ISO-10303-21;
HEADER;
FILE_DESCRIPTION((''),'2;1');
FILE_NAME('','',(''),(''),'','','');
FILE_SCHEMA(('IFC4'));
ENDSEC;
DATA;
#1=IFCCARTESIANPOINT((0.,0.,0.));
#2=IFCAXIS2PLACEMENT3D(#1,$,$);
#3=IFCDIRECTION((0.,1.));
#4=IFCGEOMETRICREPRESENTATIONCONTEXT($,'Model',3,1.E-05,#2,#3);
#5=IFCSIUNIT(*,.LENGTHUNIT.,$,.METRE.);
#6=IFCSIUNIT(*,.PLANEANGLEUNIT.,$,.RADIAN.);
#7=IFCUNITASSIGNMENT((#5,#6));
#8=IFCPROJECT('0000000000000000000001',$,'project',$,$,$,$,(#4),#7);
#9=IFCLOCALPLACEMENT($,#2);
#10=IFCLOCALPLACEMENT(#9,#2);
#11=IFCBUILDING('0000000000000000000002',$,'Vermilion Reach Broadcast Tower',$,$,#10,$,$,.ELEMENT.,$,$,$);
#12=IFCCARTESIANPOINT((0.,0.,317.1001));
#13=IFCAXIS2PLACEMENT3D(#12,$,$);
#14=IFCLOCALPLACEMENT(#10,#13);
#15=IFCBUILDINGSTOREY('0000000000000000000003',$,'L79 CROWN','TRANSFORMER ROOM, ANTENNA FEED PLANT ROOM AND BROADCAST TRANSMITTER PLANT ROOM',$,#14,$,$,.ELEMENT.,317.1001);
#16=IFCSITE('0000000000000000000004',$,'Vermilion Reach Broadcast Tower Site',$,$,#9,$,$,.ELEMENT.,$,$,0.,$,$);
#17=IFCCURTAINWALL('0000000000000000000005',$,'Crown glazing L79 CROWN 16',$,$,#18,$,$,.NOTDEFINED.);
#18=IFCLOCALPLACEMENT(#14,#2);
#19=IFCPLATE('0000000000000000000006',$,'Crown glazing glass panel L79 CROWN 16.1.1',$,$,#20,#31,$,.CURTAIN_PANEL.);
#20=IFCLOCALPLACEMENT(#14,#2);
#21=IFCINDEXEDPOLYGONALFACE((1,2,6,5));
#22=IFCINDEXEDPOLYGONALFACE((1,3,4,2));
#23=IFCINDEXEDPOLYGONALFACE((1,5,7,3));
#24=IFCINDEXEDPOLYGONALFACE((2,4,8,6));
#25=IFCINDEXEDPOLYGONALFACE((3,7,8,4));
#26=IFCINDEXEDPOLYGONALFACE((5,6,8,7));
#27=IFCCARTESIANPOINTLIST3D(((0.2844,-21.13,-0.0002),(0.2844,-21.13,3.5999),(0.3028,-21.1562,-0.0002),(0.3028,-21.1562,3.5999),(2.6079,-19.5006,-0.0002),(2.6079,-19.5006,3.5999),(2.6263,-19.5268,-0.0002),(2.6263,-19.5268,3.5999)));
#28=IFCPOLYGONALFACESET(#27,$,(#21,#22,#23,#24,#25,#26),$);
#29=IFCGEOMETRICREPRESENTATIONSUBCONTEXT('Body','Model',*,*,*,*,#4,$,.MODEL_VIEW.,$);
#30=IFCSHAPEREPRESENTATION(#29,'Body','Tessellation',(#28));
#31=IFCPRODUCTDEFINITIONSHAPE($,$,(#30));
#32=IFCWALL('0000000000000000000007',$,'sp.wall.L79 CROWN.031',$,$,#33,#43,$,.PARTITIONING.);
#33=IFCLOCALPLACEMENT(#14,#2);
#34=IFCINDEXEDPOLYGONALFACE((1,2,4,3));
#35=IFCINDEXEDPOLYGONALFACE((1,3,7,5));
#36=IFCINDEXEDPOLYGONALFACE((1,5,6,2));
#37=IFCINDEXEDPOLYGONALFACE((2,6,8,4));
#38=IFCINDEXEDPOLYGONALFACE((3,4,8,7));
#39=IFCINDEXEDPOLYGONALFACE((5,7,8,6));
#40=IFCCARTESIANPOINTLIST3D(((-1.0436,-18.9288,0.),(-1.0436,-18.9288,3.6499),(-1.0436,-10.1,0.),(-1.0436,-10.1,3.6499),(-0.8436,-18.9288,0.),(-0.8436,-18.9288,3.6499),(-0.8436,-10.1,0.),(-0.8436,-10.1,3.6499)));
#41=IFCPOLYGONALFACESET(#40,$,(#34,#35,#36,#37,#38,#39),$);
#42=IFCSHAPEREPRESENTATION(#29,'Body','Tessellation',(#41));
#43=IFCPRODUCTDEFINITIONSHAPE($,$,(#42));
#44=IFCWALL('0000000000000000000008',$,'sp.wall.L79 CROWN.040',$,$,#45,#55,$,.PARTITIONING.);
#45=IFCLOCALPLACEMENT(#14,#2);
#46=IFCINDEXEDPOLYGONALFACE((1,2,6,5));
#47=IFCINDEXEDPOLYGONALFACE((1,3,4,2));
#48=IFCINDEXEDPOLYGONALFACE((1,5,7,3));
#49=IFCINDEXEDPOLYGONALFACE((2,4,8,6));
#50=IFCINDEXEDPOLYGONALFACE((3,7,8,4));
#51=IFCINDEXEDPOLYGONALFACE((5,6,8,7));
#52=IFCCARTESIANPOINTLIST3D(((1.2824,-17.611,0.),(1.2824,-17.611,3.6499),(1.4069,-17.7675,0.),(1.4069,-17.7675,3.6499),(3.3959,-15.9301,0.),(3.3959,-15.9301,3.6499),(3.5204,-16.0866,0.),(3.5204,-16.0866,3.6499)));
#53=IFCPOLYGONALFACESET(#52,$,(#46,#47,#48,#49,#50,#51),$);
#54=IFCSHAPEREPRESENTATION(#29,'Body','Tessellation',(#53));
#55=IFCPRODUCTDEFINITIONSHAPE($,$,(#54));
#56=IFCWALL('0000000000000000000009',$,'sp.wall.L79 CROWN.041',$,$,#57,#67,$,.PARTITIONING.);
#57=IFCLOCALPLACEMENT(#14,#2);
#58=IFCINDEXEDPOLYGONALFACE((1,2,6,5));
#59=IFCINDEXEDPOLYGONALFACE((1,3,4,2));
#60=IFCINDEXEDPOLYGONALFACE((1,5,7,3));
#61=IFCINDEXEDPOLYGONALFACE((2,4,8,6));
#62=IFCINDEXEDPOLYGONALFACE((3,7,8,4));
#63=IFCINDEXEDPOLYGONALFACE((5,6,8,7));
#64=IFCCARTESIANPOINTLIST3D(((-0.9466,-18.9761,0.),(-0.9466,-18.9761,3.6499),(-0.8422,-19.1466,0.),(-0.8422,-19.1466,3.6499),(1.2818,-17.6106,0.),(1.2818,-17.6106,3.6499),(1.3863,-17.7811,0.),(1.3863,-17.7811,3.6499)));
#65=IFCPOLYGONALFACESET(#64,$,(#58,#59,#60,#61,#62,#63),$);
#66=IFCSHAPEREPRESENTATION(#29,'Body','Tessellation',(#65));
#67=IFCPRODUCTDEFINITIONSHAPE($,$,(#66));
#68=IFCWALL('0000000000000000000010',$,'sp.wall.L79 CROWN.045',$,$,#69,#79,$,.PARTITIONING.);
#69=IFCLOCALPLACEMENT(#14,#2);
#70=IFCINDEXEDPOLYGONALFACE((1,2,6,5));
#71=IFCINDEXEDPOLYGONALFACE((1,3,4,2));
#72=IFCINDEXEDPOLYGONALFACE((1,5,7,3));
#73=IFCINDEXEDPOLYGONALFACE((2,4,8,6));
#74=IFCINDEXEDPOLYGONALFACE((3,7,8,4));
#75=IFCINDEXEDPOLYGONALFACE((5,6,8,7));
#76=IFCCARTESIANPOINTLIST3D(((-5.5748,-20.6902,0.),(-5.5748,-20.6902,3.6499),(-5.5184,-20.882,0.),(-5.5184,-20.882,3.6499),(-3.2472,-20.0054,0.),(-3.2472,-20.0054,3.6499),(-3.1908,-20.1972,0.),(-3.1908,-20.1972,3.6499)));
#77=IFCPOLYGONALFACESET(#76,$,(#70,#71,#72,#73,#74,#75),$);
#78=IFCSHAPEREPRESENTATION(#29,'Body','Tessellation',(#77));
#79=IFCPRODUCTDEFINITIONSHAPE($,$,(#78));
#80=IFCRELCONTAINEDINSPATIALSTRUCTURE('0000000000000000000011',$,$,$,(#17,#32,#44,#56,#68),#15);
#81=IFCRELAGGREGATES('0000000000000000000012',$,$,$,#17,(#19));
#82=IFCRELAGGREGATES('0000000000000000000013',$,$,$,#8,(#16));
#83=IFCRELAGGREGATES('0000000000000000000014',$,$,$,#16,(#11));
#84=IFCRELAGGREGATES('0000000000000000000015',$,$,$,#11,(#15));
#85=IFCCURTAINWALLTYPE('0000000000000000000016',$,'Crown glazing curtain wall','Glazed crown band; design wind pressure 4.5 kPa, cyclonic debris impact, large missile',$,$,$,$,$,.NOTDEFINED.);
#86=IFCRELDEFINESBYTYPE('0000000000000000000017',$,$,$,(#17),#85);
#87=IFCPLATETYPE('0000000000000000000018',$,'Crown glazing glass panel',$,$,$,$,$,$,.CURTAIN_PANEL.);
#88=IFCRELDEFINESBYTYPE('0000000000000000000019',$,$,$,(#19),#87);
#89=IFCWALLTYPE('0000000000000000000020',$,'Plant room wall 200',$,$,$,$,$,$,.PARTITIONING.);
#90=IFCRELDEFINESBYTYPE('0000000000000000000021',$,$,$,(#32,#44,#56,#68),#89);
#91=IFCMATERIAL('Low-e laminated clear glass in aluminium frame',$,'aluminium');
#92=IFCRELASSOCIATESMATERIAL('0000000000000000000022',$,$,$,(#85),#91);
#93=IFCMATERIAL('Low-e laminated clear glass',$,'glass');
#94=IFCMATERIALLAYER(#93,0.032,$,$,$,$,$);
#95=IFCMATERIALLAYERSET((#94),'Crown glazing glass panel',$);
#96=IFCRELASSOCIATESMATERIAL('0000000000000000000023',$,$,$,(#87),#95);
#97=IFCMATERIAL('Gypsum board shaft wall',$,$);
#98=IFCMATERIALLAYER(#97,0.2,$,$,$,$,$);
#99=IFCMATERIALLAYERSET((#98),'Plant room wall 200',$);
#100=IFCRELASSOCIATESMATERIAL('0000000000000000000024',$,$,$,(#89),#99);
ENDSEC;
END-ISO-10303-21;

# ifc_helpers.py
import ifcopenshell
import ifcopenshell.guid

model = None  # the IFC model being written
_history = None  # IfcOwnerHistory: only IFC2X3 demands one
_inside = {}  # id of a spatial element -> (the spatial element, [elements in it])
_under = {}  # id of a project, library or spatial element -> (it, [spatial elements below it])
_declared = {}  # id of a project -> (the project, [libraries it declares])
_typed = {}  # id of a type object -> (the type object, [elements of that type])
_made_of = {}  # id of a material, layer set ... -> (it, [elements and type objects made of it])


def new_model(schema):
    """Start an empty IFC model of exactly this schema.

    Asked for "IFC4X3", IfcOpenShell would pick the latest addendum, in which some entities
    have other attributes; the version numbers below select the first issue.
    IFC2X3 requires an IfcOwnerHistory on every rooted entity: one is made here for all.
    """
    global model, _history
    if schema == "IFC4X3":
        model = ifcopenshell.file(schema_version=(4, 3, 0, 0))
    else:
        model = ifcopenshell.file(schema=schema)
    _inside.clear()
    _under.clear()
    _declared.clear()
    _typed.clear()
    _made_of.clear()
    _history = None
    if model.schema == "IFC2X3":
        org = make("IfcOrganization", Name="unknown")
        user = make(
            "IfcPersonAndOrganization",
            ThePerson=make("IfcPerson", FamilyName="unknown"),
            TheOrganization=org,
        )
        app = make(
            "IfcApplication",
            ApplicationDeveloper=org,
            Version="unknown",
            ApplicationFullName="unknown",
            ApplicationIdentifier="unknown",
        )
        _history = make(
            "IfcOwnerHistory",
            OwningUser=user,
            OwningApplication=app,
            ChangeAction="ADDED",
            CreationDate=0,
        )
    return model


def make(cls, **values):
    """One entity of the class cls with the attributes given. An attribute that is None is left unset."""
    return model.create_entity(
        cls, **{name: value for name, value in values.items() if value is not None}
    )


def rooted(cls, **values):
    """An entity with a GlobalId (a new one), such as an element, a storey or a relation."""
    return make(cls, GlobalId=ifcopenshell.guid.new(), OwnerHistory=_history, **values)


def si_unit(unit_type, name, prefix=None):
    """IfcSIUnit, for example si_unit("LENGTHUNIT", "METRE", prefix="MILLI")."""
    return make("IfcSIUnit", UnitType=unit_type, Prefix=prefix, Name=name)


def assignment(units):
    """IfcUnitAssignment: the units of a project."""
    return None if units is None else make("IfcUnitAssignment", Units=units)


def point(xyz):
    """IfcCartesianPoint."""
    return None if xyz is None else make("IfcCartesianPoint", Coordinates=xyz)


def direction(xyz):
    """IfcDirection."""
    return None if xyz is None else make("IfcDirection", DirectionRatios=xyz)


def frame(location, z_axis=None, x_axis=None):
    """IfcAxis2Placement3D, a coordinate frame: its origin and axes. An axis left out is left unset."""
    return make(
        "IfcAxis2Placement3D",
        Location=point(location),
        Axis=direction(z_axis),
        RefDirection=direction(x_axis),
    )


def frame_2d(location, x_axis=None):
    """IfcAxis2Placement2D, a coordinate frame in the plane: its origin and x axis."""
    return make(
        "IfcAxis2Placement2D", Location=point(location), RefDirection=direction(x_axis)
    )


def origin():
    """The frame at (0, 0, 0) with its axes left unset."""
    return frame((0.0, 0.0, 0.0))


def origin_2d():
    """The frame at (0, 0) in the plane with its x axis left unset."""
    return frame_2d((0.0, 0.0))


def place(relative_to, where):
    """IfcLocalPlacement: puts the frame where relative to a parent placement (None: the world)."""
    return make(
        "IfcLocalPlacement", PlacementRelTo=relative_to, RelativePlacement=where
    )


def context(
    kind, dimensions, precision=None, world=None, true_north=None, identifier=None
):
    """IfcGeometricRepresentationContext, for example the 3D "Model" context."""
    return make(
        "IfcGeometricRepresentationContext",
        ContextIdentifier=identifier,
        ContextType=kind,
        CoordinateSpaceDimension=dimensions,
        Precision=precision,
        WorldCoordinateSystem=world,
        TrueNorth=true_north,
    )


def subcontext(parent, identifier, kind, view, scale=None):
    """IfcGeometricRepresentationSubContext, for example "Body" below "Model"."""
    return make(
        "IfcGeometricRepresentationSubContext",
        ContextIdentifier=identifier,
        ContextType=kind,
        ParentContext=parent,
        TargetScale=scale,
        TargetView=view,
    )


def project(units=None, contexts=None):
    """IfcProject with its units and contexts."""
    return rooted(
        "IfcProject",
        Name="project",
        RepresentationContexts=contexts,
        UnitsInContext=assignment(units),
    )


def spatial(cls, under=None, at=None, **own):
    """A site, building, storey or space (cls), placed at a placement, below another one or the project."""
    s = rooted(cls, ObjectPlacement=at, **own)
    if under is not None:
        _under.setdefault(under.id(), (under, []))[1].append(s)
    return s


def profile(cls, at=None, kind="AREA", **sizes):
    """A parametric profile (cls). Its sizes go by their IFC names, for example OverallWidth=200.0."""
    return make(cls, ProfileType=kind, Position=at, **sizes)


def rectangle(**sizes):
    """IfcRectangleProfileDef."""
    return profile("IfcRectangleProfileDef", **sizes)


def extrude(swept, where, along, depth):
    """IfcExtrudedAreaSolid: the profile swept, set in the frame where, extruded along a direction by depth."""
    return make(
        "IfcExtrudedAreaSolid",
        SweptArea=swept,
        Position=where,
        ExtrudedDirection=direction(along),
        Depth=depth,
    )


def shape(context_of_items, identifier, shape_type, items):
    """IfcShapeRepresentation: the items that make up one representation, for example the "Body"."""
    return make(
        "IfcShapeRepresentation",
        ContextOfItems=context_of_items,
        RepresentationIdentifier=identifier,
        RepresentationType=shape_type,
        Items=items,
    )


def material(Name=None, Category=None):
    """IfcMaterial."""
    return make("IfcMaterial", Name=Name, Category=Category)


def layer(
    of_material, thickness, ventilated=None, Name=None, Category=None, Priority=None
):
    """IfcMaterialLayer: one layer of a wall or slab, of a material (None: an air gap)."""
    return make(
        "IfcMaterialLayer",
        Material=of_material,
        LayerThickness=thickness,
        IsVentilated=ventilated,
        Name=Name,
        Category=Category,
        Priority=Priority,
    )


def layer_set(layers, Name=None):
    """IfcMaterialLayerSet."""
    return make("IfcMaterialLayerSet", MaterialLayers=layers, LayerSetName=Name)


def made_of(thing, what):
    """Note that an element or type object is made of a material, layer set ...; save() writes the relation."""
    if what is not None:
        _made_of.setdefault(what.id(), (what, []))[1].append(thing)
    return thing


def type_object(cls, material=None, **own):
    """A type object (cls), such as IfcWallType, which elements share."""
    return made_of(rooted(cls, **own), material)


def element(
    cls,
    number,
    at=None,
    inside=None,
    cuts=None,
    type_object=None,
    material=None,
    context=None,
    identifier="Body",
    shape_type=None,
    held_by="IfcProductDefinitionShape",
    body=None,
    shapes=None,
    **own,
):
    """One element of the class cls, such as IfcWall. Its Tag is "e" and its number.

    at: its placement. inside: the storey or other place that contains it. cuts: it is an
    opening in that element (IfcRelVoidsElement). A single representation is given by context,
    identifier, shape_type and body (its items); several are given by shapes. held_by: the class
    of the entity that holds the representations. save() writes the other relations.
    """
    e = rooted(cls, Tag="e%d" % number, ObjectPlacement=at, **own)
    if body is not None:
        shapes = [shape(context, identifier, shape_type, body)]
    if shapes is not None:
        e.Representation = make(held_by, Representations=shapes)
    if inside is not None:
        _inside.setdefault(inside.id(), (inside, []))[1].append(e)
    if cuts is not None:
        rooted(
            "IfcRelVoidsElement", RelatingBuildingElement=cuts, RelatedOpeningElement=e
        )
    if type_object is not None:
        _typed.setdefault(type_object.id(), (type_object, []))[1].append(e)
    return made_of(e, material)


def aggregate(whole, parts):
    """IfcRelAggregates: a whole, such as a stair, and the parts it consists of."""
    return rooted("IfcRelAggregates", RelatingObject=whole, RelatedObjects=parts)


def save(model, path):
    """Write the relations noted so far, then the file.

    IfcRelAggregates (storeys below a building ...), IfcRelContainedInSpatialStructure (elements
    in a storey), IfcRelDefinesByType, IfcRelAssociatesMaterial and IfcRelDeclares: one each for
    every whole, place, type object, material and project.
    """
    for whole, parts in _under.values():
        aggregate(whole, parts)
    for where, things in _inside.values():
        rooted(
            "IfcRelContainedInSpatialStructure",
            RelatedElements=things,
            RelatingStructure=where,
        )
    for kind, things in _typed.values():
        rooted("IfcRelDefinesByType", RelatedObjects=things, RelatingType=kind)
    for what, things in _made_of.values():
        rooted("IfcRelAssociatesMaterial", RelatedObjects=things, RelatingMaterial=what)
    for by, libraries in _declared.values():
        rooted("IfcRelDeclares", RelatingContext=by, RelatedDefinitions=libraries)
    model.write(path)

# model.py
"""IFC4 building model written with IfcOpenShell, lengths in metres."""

from ifc_helpers import new_model, si_unit, direction, frame, frame_2d, origin, origin_2d, place, context, subcontext, project, spatial, rectangle, extrude, material, layer, layer_set, type_object, element, aggregate, save


model = new_model("IFC4")

# Units and contexts
model_context = context("Model", 3, precision=1e-05, world=origin(), true_north=direction((0.0, 1.0)))
body_context = subcontext(model_context, "Body", "Model", "MODEL_VIEW")
ifc_project = project(units=[si_unit("LENGTHUNIT", "METRE"), si_unit("PLANEANGLEUNIT", "RADIAN")], contexts=[model_context])

# Site, building, storey
site_placement = place(None, origin())
site = spatial("IfcSite", under=ifc_project, at=site_placement, Name="Vermilion Reach Broadcast Tower Site", CompositionType="ELEMENT", RefElevation=0.0)
building_placement = place(site_placement, origin())
building = spatial("IfcBuilding", under=site, at=building_placement, Name="Vermilion Reach Broadcast Tower", CompositionType="ELEMENT")
storey_placement = place(building_placement, frame((0.0, 0.0, 317.1001)))
storey = spatial("IfcBuildingStorey", under=building, at=storey_placement, Name="L79 CROWN", Description="TRANSFORMER ROOM, ANTENNA FEED PLANT ROOM AND BROADCAST TRANSMITTER PLANT ROOM", CompositionType="ELEMENT", Elevation=317.1001)

# Shared definitions
ifc_material_1 = material(Name="Low-e laminated clear glass in aluminium frame", Category="aluminium")
curtain_wall_type = type_object("IfcCurtainWallType", Name="Crown glazing curtain wall", Description="Glazed crown band; design wind pressure 4.5 kPa, cyclonic debris impact, large missile", PredefinedType="NOTDEFINED", material=ifc_material_1)
placement = place(storey_placement, origin())

# Curtain wall
curtain_wall_1 = element("IfcCurtainWall", 1, at=placement, inside=storey, type_object=curtain_wall_type, Name="Crown glazing L79 CROWN 16", PredefinedType="NOTDEFINED")

# Plate
ifc_material_2 = material(Name="Low-e laminated clear glass", Category="glass")
ifc_layer_1 = layer(ifc_material_2, 0.032)
ifc_layer_set_1 = layer_set([ifc_layer_1], Name="Crown glazing glass panel")
plate_type = type_object("IfcPlateType", Name="Crown glazing glass panel", PredefinedType="CURTAIN_PANEL", material=ifc_layer_set_1)
plate_1_placement = place(storey_placement, frame((1.4553, -20.3284, -0.0002), z_axis=(0.0, 0.0, 1.0), x_axis=(0.81874, 0.574164, 0.0)))
plate_1 = element("IfcPlate", 2, at=plate_1_placement, type_object=plate_type, Name="Crown glazing glass panel L79 CROWN 16.1.1", PredefinedType="CURTAIN_PANEL", context=body_context, shape_type="SweptSolid", body=[
    extrude(rectangle(XDim=2.8379, YDim=0.032, at=origin_2d()), origin(), (0.0, 0.0, 1.0), 3.6001),
])
aggregate(curtain_wall_1, [plate_1])

# Walls
ifc_material_3 = material(Name="Gypsum board shaft wall")
ifc_layer_2 = layer(ifc_material_3, 0.2)
ifc_layer_set_2 = layer_set([ifc_layer_2], Name="Plant room wall 200")
wall_type = type_object("IfcWallType", Name="Plant room wall 200", PredefinedType="PARTITIONING", material=ifc_layer_set_2)
wall_1_placement = place(storey_placement, frame((-0.9436, -18.929, 0.0), z_axis=(0.0, 0.0, 1.0), x_axis=(0.0, 1.0, 0.0)))
element("IfcWall", 3, at=wall_1_placement, inside=storey, type_object=wall_type, Name="sp.wall.L79 CROWN.031", PredefinedType="PARTITIONING", context=body_context, shape_type="SweptSolid", body=[
    extrude(rectangle(XDim=8.8289, YDim=0.2, at=frame_2d((4.4146, 0.0))), origin(), (0.0, 0.0, 1.0), 3.6499),
])
wall_2_placement = place(storey_placement, frame((1.3447, -17.6892, 0.0), z_axis=(0.0, 0.0, 1.0), x_axis=(0.782656, 0.622454, 0.0)))
element("IfcWall", 4, at=wall_2_placement, inside=storey, type_object=wall_type, Name="sp.wall.L79 CROWN.040", PredefinedType="PARTITIONING", context=body_context, shape_type="SweptSolid", body=[
    extrude(rectangle(XDim=2.7004, YDim=0.2, at=frame_2d((1.3501, 0.0))), origin(), (0.0, 0.0, 1.0), 3.6499),
])
wall_3_placement = place(storey_placement, frame((-0.8943, -19.0613, 0.0), z_axis=(0.0, 0.0, 1.0), x_axis=(0.852667, 0.522455, 0.0)))
element("IfcWall", 5, at=wall_3_placement, inside=storey, type_object=wall_type, Name="sp.wall.L79 CROWN.041", PredefinedType="PARTITIONING", context=body_context, shape_type="SweptSolid", body=[
    extrude(rectangle(XDim=2.6135, YDim=0.2, at=frame_2d((1.3066, 0.0))), origin(), (0.0, 0.0, 1.0), 3.6499),
])

# Wall
wall_4_placement = place(storey_placement, frame((-5.5466, -20.7861, 0.0), z_axis=(0.0, 0.0, 1.0), x_axis=(0.959341, 0.282248, 0.0)))
element("IfcWall", 6, at=wall_4_placement, inside=storey, type_object=wall_type, Name="sp.wall.L79 CROWN.045", PredefinedType="PARTITIONING", context=body_context, shape_type="SweptSolid", body=[
    extrude(rectangle(XDim=2.4263, YDim=0.2, at=frame_2d((1.2131, 0.0))), origin(), (0.0, 0.0, 1.0), 3.6499),
])

save(model, "model.ifc")
